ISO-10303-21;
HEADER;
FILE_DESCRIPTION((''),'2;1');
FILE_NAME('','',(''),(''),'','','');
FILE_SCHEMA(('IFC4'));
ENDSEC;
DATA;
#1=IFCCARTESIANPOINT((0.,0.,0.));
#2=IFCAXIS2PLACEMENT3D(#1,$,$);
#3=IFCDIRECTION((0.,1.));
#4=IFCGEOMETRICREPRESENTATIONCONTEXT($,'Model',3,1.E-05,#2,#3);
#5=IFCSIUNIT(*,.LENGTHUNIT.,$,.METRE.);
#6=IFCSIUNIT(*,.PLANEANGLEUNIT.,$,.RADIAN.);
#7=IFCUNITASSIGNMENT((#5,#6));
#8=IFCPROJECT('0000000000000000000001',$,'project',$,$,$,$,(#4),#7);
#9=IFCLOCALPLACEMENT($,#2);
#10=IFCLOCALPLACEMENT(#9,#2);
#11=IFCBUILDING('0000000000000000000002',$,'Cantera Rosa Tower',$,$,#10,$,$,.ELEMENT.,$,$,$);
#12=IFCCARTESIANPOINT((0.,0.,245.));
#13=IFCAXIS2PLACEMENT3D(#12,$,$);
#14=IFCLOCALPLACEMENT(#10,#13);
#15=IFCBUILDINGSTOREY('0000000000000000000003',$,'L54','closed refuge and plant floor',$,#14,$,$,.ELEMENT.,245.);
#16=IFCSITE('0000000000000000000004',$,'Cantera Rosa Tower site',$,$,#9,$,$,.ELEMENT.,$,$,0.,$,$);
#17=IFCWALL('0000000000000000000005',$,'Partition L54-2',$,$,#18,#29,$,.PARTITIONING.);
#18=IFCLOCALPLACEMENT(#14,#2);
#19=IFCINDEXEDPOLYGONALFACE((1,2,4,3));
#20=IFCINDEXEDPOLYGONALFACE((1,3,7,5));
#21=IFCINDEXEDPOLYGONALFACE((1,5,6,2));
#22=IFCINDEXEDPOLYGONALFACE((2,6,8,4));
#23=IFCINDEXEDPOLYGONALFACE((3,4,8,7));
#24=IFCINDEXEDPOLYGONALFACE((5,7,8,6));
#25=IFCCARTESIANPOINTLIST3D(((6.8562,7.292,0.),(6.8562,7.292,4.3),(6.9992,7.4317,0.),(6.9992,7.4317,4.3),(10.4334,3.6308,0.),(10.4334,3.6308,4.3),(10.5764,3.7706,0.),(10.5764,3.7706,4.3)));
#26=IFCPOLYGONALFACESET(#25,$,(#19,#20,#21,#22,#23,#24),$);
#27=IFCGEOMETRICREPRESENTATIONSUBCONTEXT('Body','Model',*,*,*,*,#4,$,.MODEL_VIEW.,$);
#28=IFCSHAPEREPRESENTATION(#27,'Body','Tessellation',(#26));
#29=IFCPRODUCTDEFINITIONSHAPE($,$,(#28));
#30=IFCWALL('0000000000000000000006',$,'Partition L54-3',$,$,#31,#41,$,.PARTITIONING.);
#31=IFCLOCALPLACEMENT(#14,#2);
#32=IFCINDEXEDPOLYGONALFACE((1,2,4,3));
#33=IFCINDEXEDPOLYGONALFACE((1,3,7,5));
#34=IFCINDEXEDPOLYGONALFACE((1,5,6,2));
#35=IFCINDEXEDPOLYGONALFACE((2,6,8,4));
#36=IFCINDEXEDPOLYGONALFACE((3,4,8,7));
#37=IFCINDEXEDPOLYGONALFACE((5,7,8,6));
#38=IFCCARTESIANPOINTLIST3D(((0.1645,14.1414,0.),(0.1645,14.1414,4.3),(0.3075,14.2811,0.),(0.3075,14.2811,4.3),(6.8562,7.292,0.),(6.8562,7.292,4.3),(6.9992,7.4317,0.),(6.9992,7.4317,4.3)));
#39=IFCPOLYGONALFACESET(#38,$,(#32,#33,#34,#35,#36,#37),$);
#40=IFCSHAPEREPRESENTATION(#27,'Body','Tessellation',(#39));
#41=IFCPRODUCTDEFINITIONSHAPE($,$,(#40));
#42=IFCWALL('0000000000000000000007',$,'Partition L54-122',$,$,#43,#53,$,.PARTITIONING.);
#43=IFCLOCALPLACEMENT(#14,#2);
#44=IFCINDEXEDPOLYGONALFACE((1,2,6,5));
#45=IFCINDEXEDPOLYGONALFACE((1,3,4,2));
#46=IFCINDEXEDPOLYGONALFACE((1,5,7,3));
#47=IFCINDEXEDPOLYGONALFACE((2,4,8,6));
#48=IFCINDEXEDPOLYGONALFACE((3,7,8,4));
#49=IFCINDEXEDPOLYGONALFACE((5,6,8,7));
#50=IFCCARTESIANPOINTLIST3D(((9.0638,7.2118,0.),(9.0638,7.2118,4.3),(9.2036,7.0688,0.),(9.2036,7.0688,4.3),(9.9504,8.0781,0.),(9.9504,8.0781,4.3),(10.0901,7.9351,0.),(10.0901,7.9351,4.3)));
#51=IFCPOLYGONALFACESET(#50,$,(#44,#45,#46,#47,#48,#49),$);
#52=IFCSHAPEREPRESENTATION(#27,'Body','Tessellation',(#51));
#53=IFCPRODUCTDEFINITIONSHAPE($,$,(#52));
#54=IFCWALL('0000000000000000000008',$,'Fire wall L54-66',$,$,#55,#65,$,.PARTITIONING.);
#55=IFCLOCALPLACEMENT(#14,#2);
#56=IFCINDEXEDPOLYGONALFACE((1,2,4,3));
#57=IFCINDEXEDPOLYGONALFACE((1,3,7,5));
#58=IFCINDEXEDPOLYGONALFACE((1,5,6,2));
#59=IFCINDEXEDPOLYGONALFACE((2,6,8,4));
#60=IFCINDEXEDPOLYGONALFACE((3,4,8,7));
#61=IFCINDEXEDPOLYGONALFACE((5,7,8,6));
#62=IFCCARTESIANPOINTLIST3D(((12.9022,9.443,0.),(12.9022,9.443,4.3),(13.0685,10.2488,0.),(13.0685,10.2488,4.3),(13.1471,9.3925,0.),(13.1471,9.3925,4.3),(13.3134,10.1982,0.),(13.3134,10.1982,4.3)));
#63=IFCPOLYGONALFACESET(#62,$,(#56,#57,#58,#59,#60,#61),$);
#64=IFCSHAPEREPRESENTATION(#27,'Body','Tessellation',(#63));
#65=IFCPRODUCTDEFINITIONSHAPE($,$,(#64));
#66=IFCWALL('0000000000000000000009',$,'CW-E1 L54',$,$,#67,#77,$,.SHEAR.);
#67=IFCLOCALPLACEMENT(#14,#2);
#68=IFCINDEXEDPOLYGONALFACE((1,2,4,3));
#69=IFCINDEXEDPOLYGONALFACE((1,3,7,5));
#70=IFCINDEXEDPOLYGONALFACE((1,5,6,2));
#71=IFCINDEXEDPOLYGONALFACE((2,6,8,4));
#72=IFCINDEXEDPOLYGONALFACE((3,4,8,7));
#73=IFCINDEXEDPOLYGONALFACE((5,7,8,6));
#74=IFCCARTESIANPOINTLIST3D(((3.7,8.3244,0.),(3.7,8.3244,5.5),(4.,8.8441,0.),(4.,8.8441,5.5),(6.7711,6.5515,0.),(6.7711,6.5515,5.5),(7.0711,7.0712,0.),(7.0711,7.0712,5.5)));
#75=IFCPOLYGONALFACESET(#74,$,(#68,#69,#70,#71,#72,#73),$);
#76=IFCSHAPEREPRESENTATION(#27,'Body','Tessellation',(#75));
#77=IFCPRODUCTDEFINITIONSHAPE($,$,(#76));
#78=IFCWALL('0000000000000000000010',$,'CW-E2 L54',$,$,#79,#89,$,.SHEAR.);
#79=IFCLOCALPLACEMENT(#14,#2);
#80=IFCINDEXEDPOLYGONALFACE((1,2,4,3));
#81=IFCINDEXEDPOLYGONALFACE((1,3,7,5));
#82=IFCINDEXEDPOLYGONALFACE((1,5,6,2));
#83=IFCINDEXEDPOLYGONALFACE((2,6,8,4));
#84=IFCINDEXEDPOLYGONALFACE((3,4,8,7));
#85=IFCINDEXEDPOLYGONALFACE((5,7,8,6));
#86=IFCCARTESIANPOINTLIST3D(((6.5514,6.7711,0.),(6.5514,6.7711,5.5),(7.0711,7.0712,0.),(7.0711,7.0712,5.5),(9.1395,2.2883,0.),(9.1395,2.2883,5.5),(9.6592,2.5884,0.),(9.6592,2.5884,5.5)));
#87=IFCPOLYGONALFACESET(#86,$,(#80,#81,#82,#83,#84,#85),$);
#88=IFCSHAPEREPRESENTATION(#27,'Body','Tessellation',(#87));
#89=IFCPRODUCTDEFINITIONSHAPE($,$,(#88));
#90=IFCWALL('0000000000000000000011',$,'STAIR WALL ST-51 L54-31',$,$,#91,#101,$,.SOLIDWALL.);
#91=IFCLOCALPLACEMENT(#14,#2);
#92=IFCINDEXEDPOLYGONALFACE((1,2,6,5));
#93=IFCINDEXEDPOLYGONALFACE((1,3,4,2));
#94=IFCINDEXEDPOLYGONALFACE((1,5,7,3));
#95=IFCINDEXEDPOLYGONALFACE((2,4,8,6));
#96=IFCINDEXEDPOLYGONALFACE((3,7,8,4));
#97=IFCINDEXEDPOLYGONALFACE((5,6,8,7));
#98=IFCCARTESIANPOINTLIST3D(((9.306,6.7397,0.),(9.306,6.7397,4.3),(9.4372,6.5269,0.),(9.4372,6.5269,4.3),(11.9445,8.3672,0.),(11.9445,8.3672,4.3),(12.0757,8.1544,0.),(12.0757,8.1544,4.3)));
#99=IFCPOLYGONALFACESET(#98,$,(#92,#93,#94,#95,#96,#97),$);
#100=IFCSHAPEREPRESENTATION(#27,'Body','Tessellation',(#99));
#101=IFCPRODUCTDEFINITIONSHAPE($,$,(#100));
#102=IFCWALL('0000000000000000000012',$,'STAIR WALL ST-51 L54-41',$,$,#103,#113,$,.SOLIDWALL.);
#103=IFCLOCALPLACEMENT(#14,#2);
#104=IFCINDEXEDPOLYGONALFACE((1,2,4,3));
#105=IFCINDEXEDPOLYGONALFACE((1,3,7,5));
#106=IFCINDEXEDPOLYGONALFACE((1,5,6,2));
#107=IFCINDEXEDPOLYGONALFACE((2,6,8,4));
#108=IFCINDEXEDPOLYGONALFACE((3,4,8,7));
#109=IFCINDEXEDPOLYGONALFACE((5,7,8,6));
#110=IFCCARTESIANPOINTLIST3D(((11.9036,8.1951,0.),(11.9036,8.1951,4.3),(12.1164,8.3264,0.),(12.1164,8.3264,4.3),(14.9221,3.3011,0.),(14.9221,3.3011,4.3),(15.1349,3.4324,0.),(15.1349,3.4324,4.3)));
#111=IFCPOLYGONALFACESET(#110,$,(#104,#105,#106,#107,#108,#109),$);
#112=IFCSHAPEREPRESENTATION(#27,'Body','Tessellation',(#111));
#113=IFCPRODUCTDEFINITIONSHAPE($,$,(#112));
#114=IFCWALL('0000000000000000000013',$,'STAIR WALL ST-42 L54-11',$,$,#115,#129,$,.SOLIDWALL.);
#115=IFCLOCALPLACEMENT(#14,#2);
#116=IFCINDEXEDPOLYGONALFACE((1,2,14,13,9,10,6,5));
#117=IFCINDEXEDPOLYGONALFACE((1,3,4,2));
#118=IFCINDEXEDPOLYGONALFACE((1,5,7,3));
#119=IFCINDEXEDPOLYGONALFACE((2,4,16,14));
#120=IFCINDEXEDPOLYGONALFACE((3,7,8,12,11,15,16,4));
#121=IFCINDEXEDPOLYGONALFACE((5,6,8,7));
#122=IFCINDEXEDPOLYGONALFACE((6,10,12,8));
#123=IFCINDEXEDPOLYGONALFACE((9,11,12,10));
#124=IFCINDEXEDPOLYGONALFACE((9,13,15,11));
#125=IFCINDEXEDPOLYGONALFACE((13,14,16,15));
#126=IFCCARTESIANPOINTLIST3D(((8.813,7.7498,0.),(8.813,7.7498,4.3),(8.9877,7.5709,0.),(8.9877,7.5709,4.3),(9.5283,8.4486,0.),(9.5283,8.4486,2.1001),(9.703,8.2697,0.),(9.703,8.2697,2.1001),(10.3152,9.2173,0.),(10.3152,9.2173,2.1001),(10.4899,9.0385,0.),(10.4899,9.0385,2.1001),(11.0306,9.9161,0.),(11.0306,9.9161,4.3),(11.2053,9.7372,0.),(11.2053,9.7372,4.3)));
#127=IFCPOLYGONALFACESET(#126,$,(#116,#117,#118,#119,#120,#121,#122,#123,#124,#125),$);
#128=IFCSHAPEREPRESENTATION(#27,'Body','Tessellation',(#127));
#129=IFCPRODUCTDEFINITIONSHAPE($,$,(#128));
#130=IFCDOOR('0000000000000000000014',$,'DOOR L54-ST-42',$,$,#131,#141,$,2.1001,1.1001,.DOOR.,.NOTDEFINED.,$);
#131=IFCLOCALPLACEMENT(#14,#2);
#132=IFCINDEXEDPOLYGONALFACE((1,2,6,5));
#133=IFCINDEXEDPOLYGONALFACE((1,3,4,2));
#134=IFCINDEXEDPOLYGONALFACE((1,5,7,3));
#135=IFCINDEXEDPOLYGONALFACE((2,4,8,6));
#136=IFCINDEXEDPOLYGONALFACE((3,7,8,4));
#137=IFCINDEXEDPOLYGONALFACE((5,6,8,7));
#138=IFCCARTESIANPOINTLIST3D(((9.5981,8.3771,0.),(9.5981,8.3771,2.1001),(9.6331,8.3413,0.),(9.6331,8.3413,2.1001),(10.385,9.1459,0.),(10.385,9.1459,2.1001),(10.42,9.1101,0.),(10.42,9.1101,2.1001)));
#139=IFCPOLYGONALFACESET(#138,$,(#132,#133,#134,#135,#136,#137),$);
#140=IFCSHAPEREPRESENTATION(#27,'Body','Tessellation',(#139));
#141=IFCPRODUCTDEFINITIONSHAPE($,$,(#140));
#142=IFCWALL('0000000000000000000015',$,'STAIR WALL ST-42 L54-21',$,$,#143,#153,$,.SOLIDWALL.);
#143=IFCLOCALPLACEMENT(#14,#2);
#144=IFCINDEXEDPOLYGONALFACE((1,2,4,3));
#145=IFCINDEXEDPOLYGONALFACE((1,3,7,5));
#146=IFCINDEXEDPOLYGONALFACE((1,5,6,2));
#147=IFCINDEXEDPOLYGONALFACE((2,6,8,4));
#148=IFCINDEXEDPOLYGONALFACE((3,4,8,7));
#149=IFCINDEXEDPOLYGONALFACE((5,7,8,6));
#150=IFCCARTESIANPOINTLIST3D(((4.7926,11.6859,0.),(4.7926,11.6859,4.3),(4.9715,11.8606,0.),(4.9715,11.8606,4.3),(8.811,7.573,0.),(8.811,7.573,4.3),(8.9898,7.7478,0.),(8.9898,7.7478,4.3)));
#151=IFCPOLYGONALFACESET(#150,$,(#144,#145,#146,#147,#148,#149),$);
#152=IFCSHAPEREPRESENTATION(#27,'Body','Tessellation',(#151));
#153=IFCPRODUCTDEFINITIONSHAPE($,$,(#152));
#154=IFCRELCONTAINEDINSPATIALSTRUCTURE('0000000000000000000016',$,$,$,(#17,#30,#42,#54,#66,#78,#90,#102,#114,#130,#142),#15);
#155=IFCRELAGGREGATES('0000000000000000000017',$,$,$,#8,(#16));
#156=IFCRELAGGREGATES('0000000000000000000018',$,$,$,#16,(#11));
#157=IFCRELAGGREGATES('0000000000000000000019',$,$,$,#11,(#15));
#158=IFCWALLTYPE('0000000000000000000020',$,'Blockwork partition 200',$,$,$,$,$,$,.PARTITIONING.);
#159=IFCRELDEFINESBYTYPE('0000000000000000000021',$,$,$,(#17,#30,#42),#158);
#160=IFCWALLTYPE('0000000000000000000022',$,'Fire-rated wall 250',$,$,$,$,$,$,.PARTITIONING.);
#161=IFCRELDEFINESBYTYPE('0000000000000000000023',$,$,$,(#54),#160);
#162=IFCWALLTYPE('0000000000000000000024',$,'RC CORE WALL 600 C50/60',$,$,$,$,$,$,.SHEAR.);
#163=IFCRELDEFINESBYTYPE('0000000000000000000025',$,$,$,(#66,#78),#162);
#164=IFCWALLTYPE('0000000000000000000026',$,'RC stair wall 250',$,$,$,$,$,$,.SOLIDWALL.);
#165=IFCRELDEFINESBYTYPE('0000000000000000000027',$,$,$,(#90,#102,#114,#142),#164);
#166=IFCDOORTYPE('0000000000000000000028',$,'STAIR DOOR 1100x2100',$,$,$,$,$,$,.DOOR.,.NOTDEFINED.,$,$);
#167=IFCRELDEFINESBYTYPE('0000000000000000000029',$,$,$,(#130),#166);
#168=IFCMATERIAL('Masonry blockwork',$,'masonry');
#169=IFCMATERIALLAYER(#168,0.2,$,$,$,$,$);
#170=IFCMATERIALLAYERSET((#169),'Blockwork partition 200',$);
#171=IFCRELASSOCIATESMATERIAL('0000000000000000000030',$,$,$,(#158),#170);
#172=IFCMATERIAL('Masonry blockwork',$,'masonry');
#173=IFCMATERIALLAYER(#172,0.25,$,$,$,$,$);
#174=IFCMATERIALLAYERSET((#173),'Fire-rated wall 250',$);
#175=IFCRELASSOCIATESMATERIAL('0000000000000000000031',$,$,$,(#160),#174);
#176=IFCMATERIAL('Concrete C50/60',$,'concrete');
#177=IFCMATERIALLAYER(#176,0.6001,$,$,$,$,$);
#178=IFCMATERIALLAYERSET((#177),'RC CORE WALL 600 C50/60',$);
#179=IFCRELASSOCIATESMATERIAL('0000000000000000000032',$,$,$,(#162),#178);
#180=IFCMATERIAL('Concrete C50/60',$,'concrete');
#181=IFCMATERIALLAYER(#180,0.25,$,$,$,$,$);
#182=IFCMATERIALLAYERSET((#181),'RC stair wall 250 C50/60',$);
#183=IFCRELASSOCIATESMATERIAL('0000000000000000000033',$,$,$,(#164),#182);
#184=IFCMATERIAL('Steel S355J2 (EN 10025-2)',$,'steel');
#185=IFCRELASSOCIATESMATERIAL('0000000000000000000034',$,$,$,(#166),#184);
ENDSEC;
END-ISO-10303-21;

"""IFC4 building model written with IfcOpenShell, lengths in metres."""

from ifc_helpers import new_model, si_unit, direction, frame, frame_2d, origin, place, context, subcontext, project, spatial, rectangle, extrude, material, layer, layer_set, type_object, element, fill, save


model = new_model("IFC4")

# Units and contexts
model_context = context("Model", 3, precision=1e-05, world=origin(), true_north=direction((0.0, 1.0)))
body_context = subcontext(model_context, "Body", "Model", "MODEL_VIEW")
ifc_project = project(units=[si_unit("LENGTHUNIT", "METRE"), si_unit("PLANEANGLEUNIT", "RADIAN")], contexts=[model_context])

# Site, building, storey
site_placement = place(None, origin())
site = spatial("IfcSite", under=ifc_project, at=site_placement, Name="Cantera Rosa Tower site", CompositionType="ELEMENT", RefElevation=0.0)
building_placement = place(site_placement, origin())
building = spatial("IfcBuilding", under=site, at=building_placement, Name="Cantera Rosa Tower", CompositionType="ELEMENT")
storey_placement = place(building_placement, frame((0.0, 0.0, 245.0)))
storey = spatial("IfcBuildingStorey", under=building, at=storey_placement, Name="L54", Description="closed refuge and plant floor", CompositionType="ELEMENT", Elevation=245.0)

# Walls
ifc_material_1 = material(Name="Masonry blockwork", Category="masonry")
ifc_layer_1 = layer(ifc_material_1, 0.2)
ifc_layer_set_1 = layer_set([ifc_layer_1], Name="Blockwork partition 200")
wall_type_1 = type_object("IfcWallType", Name="Blockwork partition 200", PredefinedType="PARTITIONING", material=ifc_layer_set_1)
wall_1_placement = place(storey_placement, frame((10.5049, 3.7007, 0.0), z_axis=(0.0, 0.0, 1.0), x_axis=(-0.698855, 0.715263, 0.0)))
element("IfcWall", 1, at=wall_1_placement, inside=storey, type_object=wall_type_1, Name="Partition L54-2", PredefinedType="PARTITIONING", context=body_context, shape_type="SweptSolid", body=[
    extrude(rectangle(XDim=5.1187, YDim=0.2, at=frame_2d((2.5593, 0.0))), origin(), (0.0, 0.0, 1.0), 4.3),
])
wall_2_placement = place(storey_placement, frame((6.9277, 7.3618, 0.0), z_axis=(0.0, 0.0, 1.0), x_axis=(-0.698824, 0.715294, 0.0)))
element("IfcWall", 2, at=wall_2_placement, inside=storey, type_object=wall_type_1, Name="Partition L54-3", PredefinedType="PARTITIONING", context=body_context, shape_type="SweptSolid", body=[
    extrude(rectangle(XDim=9.5757, YDim=0.2, at=frame_2d((4.7878, 0.0))), origin(), (0.0, 0.0, 1.0), 4.3),
])
wall_3_placement = place(storey_placement, frame((9.1338, 7.1404, 0.0), z_axis=(0.0, 0.0, 1.0), x_axis=(0.715234, 0.698885, 0.0)))
element("IfcWall", 3, at=wall_3_placement, inside=storey, type_object=wall_type_1, Name="Partition L54-122", PredefinedType="PARTITIONING", context=body_context, shape_type="SweptSolid", body=[
    extrude(rectangle(XDim=1.2395, YDim=0.2, at=frame_2d((0.6196, 0.0))), origin(), (0.0, 0.0, 1.0), 4.3),
])
ifc_material_2 = material(Name="Masonry blockwork", Category="masonry")
ifc_layer_2 = layer(ifc_material_2, 0.25)
ifc_layer_set_2 = layer_set([ifc_layer_2], Name="Fire-rated wall 250")
wall_type_2 = type_object("IfcWallType", Name="Fire-rated wall 250", PredefinedType="PARTITIONING", material=ifc_layer_set_2)
wall_4_placement = place(storey_placement, frame((13.0247, 9.4177, 0.0), z_axis=(0.0, 0.0, 1.0), x_axis=(0.202105, 0.979364, 0.0)))
element("IfcWall", 4, at=wall_4_placement, inside=storey, type_object=wall_type_2, Name="Fire wall L54-66", PredefinedType="PARTITIONING", context=body_context, shape_type="SweptSolid", body=[
    extrude(rectangle(XDim=0.8228, YDim=0.25, at=frame_2d((0.4114, 0.0))), origin(), (0.0, 0.0, 1.0), 4.3),
])
ifc_material_3 = material(Name="Concrete C50/60", Category="concrete")
ifc_layer_3 = layer(ifc_material_3, 0.6001)
ifc_layer_set_3 = layer_set([ifc_layer_3], Name="RC CORE WALL 600 C50/60")
wall_type_3 = type_object("IfcWallType", Name="RC CORE WALL 600 C50/60", PredefinedType="SHEAR", material=ifc_layer_set_3)
wall_5_placement = place(storey_placement, frame((3.8501, 8.5842, 0.0), z_axis=(0.0, 0.0, 1.0), x_axis=(0.86604, -0.499975, 0.0)))
element("IfcWall", 5, at=wall_5_placement, inside=storey, type_object=wall_type_3, Name="CW-E1 L54", PredefinedType="SHEAR", context=body_context, shape_type="SweptSolid", body=[
    extrude(rectangle(XDim=3.5461, YDim=0.6001, at=frame_2d((1.7729, 0.0))), origin(), (0.0, 0.0, 1.0), 5.5),
])
wall_6_placement = place(storey_placement, frame((6.8113, 6.9211, 0.0), z_axis=(0.0, 0.0, 1.0), x_axis=(0.499989, -0.866032, 0.0)))
element("IfcWall", 6, at=wall_6_placement, inside=storey, type_object=wall_type_3, Name="CW-E2 L54", PredefinedType="SHEAR", context=body_context, shape_type="SweptSolid", body=[
    extrude(rectangle(XDim=5.1763, YDim=0.6001, at=frame_2d((2.5881, 0.0))), origin(), (0.0, 0.0, 1.0), 5.5),
])
ifc_material_4 = material(Name="Concrete C50/60", Category="concrete")
ifc_layer_4 = layer(ifc_material_4, 0.25)
ifc_layer_set_4 = layer_set([ifc_layer_4], Name="RC stair wall 250 C50/60")
wall_type_4 = type_object("IfcWallType", Name="RC stair wall 250", PredefinedType="SOLIDWALL", material=ifc_layer_set_4)
wall_7_placement = place(storey_placement, frame((9.3716, 6.6333, 0.0), z_axis=(0.0, 0.0, 1.0), x_axis=(0.851112, 0.524985, 0.0)))
element("IfcWall", 7, at=wall_7_placement, inside=storey, type_object=wall_type_4, Name="STAIR WALL ST-51 L54-31", PredefinedType="SOLIDWALL", context=body_context, shape_type="SweptSolid", body=[
    extrude(rectangle(XDim=3.1001, YDim=0.25, at=frame_2d((1.55, 0.0))), origin(), (0.0, 0.0, 1.0), 4.3),
])
wall_8_placement = place(storey_placement, frame((12.01, 8.2607, 0.0), z_axis=(0.0, 0.0, 1.0), x_axis=(0.524959, -0.851127, 0.0)))
element("IfcWall", 8, at=wall_8_placement, inside=storey, type_object=wall_type_4, Name="STAIR WALL ST-51 L54-41", PredefinedType="SOLIDWALL", context=body_context, shape_type="SweptSolid", body=[
    extrude(rectangle(XDim=5.75, YDim=0.25, at=frame_2d((2.875, 0.0))), origin(), (0.0, 0.0, 1.0), 4.3),
])

# Wall, opening, door
wall_9_placement = place(storey_placement, frame((11.1179, 9.8267, 0.0), z_axis=(0.0, 0.0, 1.0), x_axis=(-0.715328, -0.698789, 0.0)))
wall_9 = element("IfcWall", 9, at=wall_9_placement, inside=storey, type_object=wall_type_4, Name="STAIR WALL ST-42 L54-11", PredefinedType="SOLIDWALL", context=body_context, shape_type="SweptSolid", body=[
    extrude(rectangle(XDim=3.1001, YDim=0.25, at=frame_2d((1.55, 0.0))), origin(), (0.0, 0.0, 1.0), 4.3),
])
opening_placement = place(wall_9_placement, frame((1.0, 0.0, 0.0)))
opening = element("IfcOpeningElement", 10, at=opening_placement, cuts=wall_9, PredefinedType="OPENING", context=body_context, shape_type="SweptSolid", body=[
    extrude(rectangle(XDim=1.1001, YDim=2.1001, at=frame_2d((0.55, 1.05))), frame((0.0, 0.135, 0.0), z_axis=(0.0, -1.0, 0.0), x_axis=(1.0, 0.0, 0.0)), (0.0, 0.0, 1.0), 0.27),
])
ifc_material_5 = material(Name="Steel S355J2 (EN 10025-2)", Category="steel")
door_type = type_object("IfcDoorType", Name="STAIR DOOR 1100x2100", OperationType="NOTDEFINED", PredefinedType="DOOR", material=ifc_material_5)
door_placement = place(opening_placement, origin())
door = element("IfcDoor", 11, at=door_placement, inside=storey, type_object=door_type, Name="DOOR L54-ST-42", OperationType="NOTDEFINED", OverallHeight=2.1001, OverallWidth=1.1001, PredefinedType="DOOR", context=body_context, shape_type="SweptSolid", body=[
    extrude(rectangle(XDim=1.1001, YDim=2.1001, at=frame_2d((0.55, 1.05))), frame((0.0, 0.0249, 0.0), z_axis=(0.0, -1.0, 0.0), x_axis=(1.0, 0.0, 0.0)), (0.0, 0.0, 1.0), 0.05),
])
fill(opening, door)

# Wall
wall_10_placement = place(storey_placement, frame((8.9004, 7.6604, 0.0), z_axis=(0.0, 0.0, 1.0), x_axis=(-0.698843, 0.715275, 0.0)))
element("IfcWall", 12, at=wall_10_placement, inside=storey, type_object=wall_type_4, Name="STAIR WALL ST-42 L54-21", PredefinedType="SOLIDWALL", context=body_context, shape_type="SweptSolid", body=[
    extrude(rectangle(XDim=5.75, YDim=0.25, at=frame_2d((2.875, 0.0))), origin(), (0.0, 0.0, 1.0), 4.3),
])

save(model, "model.ifc")
